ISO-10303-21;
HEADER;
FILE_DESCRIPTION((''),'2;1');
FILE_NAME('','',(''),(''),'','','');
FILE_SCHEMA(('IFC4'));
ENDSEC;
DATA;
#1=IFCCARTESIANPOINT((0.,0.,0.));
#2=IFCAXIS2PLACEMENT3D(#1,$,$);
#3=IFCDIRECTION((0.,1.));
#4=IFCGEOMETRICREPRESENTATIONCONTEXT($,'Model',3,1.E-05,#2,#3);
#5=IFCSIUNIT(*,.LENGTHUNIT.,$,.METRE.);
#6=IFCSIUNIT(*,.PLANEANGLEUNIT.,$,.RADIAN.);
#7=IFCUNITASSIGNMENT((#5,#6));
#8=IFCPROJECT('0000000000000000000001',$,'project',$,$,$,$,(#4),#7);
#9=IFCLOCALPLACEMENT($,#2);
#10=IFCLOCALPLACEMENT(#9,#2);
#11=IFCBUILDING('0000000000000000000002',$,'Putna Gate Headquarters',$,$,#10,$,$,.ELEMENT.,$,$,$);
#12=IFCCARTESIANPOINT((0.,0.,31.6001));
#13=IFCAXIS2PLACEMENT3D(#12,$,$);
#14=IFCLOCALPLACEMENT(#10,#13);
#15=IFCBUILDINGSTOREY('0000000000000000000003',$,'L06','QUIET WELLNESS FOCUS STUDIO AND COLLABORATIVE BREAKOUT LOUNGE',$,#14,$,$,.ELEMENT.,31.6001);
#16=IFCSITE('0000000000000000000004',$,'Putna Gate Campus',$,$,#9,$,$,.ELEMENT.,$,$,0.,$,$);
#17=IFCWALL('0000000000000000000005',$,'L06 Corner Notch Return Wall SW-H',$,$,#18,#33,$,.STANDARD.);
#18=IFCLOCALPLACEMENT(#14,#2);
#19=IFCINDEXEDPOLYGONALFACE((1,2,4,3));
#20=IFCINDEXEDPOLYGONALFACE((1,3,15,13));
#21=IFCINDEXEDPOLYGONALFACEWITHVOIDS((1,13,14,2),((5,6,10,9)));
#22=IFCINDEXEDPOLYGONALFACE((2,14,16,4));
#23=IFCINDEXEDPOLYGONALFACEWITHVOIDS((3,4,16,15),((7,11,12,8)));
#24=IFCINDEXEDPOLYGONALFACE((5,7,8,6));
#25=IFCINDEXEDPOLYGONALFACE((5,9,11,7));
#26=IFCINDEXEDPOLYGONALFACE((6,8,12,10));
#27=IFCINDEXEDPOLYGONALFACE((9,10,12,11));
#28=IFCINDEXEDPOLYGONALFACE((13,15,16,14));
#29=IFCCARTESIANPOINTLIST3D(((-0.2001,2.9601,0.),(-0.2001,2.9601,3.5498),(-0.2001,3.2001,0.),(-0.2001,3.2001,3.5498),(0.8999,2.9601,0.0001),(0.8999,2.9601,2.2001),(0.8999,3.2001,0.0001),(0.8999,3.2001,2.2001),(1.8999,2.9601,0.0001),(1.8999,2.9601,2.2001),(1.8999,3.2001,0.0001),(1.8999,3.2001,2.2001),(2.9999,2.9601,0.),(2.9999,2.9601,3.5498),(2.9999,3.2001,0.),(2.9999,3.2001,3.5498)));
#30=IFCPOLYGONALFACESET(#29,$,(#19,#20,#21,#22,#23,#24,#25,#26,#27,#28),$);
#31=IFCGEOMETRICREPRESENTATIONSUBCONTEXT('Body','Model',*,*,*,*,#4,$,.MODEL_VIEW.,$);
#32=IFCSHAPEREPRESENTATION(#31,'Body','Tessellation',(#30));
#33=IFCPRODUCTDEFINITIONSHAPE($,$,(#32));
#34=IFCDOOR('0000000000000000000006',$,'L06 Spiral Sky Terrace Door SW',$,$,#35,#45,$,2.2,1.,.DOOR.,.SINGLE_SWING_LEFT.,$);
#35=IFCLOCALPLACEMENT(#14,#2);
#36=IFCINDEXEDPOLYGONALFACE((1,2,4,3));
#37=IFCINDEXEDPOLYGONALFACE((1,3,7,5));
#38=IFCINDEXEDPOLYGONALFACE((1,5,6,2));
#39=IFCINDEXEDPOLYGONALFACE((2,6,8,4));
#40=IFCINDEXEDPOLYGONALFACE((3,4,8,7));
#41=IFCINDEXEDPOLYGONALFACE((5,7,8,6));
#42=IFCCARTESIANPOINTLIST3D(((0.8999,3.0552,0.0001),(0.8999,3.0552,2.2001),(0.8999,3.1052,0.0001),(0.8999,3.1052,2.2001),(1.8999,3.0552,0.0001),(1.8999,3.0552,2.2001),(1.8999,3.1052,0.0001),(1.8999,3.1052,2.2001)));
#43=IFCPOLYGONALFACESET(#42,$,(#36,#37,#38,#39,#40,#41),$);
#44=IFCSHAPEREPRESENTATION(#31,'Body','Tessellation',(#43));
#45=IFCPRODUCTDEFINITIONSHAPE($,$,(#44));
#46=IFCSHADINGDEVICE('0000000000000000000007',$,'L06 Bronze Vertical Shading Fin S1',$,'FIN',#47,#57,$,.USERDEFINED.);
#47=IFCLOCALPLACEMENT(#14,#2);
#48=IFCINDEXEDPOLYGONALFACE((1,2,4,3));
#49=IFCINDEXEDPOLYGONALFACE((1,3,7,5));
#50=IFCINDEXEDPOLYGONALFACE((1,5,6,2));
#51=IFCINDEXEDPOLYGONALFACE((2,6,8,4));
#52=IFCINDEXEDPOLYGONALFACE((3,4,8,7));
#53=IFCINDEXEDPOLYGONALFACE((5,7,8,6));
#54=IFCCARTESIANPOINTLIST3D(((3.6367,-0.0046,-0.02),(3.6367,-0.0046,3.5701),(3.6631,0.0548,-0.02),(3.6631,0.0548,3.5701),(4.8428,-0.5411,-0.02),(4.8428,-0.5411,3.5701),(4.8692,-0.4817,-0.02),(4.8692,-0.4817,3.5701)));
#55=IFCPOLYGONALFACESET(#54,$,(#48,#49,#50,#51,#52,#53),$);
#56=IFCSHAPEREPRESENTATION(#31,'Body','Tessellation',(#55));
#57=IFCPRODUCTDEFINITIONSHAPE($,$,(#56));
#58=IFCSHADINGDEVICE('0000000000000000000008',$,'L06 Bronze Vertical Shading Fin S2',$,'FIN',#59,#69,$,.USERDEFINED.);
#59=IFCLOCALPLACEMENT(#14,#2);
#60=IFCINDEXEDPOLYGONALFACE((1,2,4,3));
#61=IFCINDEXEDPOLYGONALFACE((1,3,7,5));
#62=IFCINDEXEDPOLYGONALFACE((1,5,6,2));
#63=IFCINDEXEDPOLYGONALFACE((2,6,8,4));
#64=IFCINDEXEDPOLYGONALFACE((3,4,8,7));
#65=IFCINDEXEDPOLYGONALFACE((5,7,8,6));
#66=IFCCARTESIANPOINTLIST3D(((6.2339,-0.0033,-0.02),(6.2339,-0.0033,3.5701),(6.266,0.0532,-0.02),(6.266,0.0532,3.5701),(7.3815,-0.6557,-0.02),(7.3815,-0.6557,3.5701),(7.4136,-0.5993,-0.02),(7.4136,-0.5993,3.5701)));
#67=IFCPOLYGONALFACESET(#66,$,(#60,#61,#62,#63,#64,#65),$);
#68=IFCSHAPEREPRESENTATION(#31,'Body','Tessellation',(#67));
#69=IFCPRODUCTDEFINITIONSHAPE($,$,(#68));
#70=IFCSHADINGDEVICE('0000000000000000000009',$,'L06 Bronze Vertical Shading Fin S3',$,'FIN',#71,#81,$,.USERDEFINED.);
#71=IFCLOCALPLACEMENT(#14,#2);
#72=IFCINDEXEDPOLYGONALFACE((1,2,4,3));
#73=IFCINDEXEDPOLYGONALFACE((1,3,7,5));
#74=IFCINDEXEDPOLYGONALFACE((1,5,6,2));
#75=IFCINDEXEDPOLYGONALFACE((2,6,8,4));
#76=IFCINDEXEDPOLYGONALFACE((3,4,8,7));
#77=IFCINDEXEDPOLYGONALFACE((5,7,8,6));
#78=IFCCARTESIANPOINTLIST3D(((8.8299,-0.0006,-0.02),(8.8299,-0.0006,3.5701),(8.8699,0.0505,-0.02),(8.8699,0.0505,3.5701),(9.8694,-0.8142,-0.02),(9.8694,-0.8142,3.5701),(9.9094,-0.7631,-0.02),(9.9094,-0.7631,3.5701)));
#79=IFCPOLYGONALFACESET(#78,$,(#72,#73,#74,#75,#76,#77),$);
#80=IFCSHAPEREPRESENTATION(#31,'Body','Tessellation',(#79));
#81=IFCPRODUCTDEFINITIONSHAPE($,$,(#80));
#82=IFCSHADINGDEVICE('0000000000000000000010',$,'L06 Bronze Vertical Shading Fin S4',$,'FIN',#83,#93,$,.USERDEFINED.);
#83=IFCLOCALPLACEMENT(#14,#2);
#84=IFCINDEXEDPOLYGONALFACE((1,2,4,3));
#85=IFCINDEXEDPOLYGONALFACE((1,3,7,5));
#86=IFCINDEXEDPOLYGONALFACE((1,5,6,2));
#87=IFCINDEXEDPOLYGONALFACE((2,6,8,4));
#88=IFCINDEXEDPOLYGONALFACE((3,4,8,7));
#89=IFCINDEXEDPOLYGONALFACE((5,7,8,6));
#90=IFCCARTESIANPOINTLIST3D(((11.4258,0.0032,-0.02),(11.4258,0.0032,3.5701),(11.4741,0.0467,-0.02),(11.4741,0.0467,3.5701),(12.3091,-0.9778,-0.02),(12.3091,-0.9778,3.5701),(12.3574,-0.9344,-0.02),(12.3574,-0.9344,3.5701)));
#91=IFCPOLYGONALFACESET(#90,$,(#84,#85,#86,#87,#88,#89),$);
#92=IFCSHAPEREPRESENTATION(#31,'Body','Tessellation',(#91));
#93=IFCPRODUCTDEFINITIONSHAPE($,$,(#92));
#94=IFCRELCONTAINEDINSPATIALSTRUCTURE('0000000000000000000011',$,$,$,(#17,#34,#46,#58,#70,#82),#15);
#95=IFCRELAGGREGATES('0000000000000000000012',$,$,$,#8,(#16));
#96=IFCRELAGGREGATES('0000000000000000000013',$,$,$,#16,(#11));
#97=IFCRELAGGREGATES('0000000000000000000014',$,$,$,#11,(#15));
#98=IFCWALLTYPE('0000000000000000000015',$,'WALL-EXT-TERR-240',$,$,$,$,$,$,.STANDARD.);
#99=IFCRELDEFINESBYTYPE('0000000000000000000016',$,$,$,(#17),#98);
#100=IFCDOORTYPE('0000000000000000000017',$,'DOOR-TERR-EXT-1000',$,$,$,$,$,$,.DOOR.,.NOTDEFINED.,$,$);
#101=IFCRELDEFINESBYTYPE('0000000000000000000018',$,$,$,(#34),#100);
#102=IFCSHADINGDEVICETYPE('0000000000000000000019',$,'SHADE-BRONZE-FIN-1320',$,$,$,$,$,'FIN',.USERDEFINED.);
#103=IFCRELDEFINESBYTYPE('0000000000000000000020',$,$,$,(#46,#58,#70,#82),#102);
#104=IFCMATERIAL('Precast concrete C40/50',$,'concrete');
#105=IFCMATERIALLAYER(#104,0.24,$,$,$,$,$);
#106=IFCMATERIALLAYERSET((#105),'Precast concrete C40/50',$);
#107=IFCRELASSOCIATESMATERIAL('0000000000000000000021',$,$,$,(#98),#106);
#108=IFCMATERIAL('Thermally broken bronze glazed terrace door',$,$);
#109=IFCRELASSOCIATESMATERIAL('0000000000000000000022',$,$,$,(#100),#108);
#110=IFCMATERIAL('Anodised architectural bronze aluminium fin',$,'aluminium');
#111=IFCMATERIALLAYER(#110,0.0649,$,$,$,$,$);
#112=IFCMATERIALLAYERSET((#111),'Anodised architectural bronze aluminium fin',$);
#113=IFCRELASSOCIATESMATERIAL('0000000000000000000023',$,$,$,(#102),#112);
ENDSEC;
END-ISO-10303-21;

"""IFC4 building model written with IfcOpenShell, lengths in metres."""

from ifc_helpers import new_model, si_unit, direction, frame, frame_2d, origin, origin_2d, place, context, subcontext, project, spatial, rectangle, extrude, material, layer, layer_set, type_object, element, fill, save


model = new_model("IFC4")

# Units and contexts
model_context = context("Model", 3, precision=1e-05, world=origin(), true_north=direction((0.0, 1.0)))
body_context = subcontext(model_context, "Body", "Model", "MODEL_VIEW")
ifc_project = project(units=[si_unit("LENGTHUNIT", "METRE"), si_unit("PLANEANGLEUNIT", "RADIAN")], contexts=[model_context])

# Site, building, storey
site_placement = place(None, origin())
site = spatial("IfcSite", under=ifc_project, at=site_placement, Name="Putna Gate Campus", CompositionType="ELEMENT", RefElevation=0.0)
building_placement = place(site_placement, origin())
building = spatial("IfcBuilding", under=site, at=building_placement, Name="Putna Gate Headquarters", CompositionType="ELEMENT")
storey_placement = place(building_placement, frame((0.0, 0.0, 31.6001)))
storey = spatial("IfcBuildingStorey", under=building, at=storey_placement, Name="L06", Description="QUIET WELLNESS FOCUS STUDIO AND COLLABORATIVE BREAKOUT LOUNGE", CompositionType="ELEMENT", Elevation=31.6001)

# Shared definitions
ifc_material_1 = material(Name="Precast concrete C40/50", Category="concrete")
ifc_layer_1 = layer(ifc_material_1, 0.24)
ifc_layer_set_1 = layer_set([ifc_layer_1], Name="Precast concrete C40/50")
wall_type = type_object("IfcWallType", Name="WALL-EXT-TERR-240", PredefinedType="STANDARD", material=ifc_layer_set_1)

# Wall, opening, door
wall_1_placement = place(storey_placement, frame((3.0, 3.0801, 0.0), z_axis=(0.0, 0.0, 1.0), x_axis=(-1.0, 0.0, 0.0)))
wall_1 = element("IfcWall", 1, at=wall_1_placement, inside=storey, type_object=wall_type, Name="L06 Corner Notch Return Wall SW-H", PredefinedType="STANDARD", context=body_context, shape_type="SweptSolid", body=[
    extrude(rectangle(XDim=3.2, YDim=0.24, at=frame_2d((1.6001, 0.0))), origin(), (0.0, 0.0, 1.0), 3.5498),
])
opening_placement = place(wall_1_placement, frame((1.1001, 0.0, 0.0)))
opening = element("IfcOpeningElement", 2, at=opening_placement, cuts=wall_1, PredefinedType="OPENING", context=body_context, shape_type="SweptSolid", body=[
    extrude(rectangle(XDim=1.0, YDim=2.2, at=frame_2d((0.5, 1.1001))), frame((0.0, 0.1299, 0.0), z_axis=(0.0, -1.0, 0.0), x_axis=(1.0, 0.0, 0.0)), (0.0, 0.0, 1.0), 0.26),
])
ifc_material_2 = material(Name="Thermally broken bronze glazed terrace door")
door_type = type_object("IfcDoorType", Name="DOOR-TERR-EXT-1000", OperationType="NOTDEFINED", PredefinedType="DOOR", material=ifc_material_2)
door_placement = place(opening_placement, origin())
door = element("IfcDoor", 3, at=door_placement, inside=storey, type_object=door_type, Name="L06 Spiral Sky Terrace Door SW", OperationType="SINGLE_SWING_LEFT", OverallHeight=2.2, OverallWidth=1.0, PredefinedType="DOOR", context=body_context, shape_type="SweptSolid", body=[
    extrude(rectangle(XDim=1.0, YDim=2.2, at=frame_2d((0.5, 1.1001))), frame((0.0, 0.0249, 0.0), z_axis=(0.0, -1.0, 0.0), x_axis=(1.0, 0.0, 0.0)), (0.0, 0.0, 1.0), 0.05),
])
fill(opening, door)

# Shading devices
ifc_material_3 = material(Name="Anodised architectural bronze aluminium fin", Category="aluminium")
ifc_layer_2 = layer(ifc_material_3, 0.0649)
ifc_layer_set_2 = layer_set([ifc_layer_2], Name="Anodised architectural bronze aluminium fin")
shading_device_type = type_object("IfcShadingDeviceType", Name="SHADE-BRONZE-FIN-1320", ElementType="FIN", PredefinedType="USERDEFINED", material=ifc_layer_set_2)
for number, where, z_axis, x_axis, name in (
    (4, (4.2529, -0.2432, -0.02), (0.0, 0.0, 1.0), (0.913687, -0.406418, 0.0), "L06 Bronze Vertical Shading Fin S1"),
    (5, (6.8237, -0.3013, -0.02), (0.0, 0.0, 1.0), (0.869322, -0.494245, 0.0), "L06 Bronze Vertical Shading Fin S2"),
    (6, (9.3696, -0.3818, -0.02), (0.0, 0.0, 1.0), (0.787473, -0.616349, 0.0), "L06 Bronze Vertical Shading Fin S3"),
    (7, (11.8916, -0.4656, -0.02), (0.0, 0.0, 1.0), (0.669131, -0.743145, 0.0), "L06 Bronze Vertical Shading Fin S4"),
):
    element("IfcShadingDevice", number, at=place(storey_placement, frame(where, z_axis=z_axis, x_axis=x_axis)), inside=storey, type_object=shading_device_type, Name=name, ObjectType="FIN", PredefinedType="USERDEFINED", context=body_context, shape_type="SweptSolid", body=[
        extrude(rectangle(XDim=1.3201, YDim=0.0649, at=origin_2d()), origin(), (0.0, 0.0, 1.0), 3.5901),
    ])

save(model, "model.ifc")
